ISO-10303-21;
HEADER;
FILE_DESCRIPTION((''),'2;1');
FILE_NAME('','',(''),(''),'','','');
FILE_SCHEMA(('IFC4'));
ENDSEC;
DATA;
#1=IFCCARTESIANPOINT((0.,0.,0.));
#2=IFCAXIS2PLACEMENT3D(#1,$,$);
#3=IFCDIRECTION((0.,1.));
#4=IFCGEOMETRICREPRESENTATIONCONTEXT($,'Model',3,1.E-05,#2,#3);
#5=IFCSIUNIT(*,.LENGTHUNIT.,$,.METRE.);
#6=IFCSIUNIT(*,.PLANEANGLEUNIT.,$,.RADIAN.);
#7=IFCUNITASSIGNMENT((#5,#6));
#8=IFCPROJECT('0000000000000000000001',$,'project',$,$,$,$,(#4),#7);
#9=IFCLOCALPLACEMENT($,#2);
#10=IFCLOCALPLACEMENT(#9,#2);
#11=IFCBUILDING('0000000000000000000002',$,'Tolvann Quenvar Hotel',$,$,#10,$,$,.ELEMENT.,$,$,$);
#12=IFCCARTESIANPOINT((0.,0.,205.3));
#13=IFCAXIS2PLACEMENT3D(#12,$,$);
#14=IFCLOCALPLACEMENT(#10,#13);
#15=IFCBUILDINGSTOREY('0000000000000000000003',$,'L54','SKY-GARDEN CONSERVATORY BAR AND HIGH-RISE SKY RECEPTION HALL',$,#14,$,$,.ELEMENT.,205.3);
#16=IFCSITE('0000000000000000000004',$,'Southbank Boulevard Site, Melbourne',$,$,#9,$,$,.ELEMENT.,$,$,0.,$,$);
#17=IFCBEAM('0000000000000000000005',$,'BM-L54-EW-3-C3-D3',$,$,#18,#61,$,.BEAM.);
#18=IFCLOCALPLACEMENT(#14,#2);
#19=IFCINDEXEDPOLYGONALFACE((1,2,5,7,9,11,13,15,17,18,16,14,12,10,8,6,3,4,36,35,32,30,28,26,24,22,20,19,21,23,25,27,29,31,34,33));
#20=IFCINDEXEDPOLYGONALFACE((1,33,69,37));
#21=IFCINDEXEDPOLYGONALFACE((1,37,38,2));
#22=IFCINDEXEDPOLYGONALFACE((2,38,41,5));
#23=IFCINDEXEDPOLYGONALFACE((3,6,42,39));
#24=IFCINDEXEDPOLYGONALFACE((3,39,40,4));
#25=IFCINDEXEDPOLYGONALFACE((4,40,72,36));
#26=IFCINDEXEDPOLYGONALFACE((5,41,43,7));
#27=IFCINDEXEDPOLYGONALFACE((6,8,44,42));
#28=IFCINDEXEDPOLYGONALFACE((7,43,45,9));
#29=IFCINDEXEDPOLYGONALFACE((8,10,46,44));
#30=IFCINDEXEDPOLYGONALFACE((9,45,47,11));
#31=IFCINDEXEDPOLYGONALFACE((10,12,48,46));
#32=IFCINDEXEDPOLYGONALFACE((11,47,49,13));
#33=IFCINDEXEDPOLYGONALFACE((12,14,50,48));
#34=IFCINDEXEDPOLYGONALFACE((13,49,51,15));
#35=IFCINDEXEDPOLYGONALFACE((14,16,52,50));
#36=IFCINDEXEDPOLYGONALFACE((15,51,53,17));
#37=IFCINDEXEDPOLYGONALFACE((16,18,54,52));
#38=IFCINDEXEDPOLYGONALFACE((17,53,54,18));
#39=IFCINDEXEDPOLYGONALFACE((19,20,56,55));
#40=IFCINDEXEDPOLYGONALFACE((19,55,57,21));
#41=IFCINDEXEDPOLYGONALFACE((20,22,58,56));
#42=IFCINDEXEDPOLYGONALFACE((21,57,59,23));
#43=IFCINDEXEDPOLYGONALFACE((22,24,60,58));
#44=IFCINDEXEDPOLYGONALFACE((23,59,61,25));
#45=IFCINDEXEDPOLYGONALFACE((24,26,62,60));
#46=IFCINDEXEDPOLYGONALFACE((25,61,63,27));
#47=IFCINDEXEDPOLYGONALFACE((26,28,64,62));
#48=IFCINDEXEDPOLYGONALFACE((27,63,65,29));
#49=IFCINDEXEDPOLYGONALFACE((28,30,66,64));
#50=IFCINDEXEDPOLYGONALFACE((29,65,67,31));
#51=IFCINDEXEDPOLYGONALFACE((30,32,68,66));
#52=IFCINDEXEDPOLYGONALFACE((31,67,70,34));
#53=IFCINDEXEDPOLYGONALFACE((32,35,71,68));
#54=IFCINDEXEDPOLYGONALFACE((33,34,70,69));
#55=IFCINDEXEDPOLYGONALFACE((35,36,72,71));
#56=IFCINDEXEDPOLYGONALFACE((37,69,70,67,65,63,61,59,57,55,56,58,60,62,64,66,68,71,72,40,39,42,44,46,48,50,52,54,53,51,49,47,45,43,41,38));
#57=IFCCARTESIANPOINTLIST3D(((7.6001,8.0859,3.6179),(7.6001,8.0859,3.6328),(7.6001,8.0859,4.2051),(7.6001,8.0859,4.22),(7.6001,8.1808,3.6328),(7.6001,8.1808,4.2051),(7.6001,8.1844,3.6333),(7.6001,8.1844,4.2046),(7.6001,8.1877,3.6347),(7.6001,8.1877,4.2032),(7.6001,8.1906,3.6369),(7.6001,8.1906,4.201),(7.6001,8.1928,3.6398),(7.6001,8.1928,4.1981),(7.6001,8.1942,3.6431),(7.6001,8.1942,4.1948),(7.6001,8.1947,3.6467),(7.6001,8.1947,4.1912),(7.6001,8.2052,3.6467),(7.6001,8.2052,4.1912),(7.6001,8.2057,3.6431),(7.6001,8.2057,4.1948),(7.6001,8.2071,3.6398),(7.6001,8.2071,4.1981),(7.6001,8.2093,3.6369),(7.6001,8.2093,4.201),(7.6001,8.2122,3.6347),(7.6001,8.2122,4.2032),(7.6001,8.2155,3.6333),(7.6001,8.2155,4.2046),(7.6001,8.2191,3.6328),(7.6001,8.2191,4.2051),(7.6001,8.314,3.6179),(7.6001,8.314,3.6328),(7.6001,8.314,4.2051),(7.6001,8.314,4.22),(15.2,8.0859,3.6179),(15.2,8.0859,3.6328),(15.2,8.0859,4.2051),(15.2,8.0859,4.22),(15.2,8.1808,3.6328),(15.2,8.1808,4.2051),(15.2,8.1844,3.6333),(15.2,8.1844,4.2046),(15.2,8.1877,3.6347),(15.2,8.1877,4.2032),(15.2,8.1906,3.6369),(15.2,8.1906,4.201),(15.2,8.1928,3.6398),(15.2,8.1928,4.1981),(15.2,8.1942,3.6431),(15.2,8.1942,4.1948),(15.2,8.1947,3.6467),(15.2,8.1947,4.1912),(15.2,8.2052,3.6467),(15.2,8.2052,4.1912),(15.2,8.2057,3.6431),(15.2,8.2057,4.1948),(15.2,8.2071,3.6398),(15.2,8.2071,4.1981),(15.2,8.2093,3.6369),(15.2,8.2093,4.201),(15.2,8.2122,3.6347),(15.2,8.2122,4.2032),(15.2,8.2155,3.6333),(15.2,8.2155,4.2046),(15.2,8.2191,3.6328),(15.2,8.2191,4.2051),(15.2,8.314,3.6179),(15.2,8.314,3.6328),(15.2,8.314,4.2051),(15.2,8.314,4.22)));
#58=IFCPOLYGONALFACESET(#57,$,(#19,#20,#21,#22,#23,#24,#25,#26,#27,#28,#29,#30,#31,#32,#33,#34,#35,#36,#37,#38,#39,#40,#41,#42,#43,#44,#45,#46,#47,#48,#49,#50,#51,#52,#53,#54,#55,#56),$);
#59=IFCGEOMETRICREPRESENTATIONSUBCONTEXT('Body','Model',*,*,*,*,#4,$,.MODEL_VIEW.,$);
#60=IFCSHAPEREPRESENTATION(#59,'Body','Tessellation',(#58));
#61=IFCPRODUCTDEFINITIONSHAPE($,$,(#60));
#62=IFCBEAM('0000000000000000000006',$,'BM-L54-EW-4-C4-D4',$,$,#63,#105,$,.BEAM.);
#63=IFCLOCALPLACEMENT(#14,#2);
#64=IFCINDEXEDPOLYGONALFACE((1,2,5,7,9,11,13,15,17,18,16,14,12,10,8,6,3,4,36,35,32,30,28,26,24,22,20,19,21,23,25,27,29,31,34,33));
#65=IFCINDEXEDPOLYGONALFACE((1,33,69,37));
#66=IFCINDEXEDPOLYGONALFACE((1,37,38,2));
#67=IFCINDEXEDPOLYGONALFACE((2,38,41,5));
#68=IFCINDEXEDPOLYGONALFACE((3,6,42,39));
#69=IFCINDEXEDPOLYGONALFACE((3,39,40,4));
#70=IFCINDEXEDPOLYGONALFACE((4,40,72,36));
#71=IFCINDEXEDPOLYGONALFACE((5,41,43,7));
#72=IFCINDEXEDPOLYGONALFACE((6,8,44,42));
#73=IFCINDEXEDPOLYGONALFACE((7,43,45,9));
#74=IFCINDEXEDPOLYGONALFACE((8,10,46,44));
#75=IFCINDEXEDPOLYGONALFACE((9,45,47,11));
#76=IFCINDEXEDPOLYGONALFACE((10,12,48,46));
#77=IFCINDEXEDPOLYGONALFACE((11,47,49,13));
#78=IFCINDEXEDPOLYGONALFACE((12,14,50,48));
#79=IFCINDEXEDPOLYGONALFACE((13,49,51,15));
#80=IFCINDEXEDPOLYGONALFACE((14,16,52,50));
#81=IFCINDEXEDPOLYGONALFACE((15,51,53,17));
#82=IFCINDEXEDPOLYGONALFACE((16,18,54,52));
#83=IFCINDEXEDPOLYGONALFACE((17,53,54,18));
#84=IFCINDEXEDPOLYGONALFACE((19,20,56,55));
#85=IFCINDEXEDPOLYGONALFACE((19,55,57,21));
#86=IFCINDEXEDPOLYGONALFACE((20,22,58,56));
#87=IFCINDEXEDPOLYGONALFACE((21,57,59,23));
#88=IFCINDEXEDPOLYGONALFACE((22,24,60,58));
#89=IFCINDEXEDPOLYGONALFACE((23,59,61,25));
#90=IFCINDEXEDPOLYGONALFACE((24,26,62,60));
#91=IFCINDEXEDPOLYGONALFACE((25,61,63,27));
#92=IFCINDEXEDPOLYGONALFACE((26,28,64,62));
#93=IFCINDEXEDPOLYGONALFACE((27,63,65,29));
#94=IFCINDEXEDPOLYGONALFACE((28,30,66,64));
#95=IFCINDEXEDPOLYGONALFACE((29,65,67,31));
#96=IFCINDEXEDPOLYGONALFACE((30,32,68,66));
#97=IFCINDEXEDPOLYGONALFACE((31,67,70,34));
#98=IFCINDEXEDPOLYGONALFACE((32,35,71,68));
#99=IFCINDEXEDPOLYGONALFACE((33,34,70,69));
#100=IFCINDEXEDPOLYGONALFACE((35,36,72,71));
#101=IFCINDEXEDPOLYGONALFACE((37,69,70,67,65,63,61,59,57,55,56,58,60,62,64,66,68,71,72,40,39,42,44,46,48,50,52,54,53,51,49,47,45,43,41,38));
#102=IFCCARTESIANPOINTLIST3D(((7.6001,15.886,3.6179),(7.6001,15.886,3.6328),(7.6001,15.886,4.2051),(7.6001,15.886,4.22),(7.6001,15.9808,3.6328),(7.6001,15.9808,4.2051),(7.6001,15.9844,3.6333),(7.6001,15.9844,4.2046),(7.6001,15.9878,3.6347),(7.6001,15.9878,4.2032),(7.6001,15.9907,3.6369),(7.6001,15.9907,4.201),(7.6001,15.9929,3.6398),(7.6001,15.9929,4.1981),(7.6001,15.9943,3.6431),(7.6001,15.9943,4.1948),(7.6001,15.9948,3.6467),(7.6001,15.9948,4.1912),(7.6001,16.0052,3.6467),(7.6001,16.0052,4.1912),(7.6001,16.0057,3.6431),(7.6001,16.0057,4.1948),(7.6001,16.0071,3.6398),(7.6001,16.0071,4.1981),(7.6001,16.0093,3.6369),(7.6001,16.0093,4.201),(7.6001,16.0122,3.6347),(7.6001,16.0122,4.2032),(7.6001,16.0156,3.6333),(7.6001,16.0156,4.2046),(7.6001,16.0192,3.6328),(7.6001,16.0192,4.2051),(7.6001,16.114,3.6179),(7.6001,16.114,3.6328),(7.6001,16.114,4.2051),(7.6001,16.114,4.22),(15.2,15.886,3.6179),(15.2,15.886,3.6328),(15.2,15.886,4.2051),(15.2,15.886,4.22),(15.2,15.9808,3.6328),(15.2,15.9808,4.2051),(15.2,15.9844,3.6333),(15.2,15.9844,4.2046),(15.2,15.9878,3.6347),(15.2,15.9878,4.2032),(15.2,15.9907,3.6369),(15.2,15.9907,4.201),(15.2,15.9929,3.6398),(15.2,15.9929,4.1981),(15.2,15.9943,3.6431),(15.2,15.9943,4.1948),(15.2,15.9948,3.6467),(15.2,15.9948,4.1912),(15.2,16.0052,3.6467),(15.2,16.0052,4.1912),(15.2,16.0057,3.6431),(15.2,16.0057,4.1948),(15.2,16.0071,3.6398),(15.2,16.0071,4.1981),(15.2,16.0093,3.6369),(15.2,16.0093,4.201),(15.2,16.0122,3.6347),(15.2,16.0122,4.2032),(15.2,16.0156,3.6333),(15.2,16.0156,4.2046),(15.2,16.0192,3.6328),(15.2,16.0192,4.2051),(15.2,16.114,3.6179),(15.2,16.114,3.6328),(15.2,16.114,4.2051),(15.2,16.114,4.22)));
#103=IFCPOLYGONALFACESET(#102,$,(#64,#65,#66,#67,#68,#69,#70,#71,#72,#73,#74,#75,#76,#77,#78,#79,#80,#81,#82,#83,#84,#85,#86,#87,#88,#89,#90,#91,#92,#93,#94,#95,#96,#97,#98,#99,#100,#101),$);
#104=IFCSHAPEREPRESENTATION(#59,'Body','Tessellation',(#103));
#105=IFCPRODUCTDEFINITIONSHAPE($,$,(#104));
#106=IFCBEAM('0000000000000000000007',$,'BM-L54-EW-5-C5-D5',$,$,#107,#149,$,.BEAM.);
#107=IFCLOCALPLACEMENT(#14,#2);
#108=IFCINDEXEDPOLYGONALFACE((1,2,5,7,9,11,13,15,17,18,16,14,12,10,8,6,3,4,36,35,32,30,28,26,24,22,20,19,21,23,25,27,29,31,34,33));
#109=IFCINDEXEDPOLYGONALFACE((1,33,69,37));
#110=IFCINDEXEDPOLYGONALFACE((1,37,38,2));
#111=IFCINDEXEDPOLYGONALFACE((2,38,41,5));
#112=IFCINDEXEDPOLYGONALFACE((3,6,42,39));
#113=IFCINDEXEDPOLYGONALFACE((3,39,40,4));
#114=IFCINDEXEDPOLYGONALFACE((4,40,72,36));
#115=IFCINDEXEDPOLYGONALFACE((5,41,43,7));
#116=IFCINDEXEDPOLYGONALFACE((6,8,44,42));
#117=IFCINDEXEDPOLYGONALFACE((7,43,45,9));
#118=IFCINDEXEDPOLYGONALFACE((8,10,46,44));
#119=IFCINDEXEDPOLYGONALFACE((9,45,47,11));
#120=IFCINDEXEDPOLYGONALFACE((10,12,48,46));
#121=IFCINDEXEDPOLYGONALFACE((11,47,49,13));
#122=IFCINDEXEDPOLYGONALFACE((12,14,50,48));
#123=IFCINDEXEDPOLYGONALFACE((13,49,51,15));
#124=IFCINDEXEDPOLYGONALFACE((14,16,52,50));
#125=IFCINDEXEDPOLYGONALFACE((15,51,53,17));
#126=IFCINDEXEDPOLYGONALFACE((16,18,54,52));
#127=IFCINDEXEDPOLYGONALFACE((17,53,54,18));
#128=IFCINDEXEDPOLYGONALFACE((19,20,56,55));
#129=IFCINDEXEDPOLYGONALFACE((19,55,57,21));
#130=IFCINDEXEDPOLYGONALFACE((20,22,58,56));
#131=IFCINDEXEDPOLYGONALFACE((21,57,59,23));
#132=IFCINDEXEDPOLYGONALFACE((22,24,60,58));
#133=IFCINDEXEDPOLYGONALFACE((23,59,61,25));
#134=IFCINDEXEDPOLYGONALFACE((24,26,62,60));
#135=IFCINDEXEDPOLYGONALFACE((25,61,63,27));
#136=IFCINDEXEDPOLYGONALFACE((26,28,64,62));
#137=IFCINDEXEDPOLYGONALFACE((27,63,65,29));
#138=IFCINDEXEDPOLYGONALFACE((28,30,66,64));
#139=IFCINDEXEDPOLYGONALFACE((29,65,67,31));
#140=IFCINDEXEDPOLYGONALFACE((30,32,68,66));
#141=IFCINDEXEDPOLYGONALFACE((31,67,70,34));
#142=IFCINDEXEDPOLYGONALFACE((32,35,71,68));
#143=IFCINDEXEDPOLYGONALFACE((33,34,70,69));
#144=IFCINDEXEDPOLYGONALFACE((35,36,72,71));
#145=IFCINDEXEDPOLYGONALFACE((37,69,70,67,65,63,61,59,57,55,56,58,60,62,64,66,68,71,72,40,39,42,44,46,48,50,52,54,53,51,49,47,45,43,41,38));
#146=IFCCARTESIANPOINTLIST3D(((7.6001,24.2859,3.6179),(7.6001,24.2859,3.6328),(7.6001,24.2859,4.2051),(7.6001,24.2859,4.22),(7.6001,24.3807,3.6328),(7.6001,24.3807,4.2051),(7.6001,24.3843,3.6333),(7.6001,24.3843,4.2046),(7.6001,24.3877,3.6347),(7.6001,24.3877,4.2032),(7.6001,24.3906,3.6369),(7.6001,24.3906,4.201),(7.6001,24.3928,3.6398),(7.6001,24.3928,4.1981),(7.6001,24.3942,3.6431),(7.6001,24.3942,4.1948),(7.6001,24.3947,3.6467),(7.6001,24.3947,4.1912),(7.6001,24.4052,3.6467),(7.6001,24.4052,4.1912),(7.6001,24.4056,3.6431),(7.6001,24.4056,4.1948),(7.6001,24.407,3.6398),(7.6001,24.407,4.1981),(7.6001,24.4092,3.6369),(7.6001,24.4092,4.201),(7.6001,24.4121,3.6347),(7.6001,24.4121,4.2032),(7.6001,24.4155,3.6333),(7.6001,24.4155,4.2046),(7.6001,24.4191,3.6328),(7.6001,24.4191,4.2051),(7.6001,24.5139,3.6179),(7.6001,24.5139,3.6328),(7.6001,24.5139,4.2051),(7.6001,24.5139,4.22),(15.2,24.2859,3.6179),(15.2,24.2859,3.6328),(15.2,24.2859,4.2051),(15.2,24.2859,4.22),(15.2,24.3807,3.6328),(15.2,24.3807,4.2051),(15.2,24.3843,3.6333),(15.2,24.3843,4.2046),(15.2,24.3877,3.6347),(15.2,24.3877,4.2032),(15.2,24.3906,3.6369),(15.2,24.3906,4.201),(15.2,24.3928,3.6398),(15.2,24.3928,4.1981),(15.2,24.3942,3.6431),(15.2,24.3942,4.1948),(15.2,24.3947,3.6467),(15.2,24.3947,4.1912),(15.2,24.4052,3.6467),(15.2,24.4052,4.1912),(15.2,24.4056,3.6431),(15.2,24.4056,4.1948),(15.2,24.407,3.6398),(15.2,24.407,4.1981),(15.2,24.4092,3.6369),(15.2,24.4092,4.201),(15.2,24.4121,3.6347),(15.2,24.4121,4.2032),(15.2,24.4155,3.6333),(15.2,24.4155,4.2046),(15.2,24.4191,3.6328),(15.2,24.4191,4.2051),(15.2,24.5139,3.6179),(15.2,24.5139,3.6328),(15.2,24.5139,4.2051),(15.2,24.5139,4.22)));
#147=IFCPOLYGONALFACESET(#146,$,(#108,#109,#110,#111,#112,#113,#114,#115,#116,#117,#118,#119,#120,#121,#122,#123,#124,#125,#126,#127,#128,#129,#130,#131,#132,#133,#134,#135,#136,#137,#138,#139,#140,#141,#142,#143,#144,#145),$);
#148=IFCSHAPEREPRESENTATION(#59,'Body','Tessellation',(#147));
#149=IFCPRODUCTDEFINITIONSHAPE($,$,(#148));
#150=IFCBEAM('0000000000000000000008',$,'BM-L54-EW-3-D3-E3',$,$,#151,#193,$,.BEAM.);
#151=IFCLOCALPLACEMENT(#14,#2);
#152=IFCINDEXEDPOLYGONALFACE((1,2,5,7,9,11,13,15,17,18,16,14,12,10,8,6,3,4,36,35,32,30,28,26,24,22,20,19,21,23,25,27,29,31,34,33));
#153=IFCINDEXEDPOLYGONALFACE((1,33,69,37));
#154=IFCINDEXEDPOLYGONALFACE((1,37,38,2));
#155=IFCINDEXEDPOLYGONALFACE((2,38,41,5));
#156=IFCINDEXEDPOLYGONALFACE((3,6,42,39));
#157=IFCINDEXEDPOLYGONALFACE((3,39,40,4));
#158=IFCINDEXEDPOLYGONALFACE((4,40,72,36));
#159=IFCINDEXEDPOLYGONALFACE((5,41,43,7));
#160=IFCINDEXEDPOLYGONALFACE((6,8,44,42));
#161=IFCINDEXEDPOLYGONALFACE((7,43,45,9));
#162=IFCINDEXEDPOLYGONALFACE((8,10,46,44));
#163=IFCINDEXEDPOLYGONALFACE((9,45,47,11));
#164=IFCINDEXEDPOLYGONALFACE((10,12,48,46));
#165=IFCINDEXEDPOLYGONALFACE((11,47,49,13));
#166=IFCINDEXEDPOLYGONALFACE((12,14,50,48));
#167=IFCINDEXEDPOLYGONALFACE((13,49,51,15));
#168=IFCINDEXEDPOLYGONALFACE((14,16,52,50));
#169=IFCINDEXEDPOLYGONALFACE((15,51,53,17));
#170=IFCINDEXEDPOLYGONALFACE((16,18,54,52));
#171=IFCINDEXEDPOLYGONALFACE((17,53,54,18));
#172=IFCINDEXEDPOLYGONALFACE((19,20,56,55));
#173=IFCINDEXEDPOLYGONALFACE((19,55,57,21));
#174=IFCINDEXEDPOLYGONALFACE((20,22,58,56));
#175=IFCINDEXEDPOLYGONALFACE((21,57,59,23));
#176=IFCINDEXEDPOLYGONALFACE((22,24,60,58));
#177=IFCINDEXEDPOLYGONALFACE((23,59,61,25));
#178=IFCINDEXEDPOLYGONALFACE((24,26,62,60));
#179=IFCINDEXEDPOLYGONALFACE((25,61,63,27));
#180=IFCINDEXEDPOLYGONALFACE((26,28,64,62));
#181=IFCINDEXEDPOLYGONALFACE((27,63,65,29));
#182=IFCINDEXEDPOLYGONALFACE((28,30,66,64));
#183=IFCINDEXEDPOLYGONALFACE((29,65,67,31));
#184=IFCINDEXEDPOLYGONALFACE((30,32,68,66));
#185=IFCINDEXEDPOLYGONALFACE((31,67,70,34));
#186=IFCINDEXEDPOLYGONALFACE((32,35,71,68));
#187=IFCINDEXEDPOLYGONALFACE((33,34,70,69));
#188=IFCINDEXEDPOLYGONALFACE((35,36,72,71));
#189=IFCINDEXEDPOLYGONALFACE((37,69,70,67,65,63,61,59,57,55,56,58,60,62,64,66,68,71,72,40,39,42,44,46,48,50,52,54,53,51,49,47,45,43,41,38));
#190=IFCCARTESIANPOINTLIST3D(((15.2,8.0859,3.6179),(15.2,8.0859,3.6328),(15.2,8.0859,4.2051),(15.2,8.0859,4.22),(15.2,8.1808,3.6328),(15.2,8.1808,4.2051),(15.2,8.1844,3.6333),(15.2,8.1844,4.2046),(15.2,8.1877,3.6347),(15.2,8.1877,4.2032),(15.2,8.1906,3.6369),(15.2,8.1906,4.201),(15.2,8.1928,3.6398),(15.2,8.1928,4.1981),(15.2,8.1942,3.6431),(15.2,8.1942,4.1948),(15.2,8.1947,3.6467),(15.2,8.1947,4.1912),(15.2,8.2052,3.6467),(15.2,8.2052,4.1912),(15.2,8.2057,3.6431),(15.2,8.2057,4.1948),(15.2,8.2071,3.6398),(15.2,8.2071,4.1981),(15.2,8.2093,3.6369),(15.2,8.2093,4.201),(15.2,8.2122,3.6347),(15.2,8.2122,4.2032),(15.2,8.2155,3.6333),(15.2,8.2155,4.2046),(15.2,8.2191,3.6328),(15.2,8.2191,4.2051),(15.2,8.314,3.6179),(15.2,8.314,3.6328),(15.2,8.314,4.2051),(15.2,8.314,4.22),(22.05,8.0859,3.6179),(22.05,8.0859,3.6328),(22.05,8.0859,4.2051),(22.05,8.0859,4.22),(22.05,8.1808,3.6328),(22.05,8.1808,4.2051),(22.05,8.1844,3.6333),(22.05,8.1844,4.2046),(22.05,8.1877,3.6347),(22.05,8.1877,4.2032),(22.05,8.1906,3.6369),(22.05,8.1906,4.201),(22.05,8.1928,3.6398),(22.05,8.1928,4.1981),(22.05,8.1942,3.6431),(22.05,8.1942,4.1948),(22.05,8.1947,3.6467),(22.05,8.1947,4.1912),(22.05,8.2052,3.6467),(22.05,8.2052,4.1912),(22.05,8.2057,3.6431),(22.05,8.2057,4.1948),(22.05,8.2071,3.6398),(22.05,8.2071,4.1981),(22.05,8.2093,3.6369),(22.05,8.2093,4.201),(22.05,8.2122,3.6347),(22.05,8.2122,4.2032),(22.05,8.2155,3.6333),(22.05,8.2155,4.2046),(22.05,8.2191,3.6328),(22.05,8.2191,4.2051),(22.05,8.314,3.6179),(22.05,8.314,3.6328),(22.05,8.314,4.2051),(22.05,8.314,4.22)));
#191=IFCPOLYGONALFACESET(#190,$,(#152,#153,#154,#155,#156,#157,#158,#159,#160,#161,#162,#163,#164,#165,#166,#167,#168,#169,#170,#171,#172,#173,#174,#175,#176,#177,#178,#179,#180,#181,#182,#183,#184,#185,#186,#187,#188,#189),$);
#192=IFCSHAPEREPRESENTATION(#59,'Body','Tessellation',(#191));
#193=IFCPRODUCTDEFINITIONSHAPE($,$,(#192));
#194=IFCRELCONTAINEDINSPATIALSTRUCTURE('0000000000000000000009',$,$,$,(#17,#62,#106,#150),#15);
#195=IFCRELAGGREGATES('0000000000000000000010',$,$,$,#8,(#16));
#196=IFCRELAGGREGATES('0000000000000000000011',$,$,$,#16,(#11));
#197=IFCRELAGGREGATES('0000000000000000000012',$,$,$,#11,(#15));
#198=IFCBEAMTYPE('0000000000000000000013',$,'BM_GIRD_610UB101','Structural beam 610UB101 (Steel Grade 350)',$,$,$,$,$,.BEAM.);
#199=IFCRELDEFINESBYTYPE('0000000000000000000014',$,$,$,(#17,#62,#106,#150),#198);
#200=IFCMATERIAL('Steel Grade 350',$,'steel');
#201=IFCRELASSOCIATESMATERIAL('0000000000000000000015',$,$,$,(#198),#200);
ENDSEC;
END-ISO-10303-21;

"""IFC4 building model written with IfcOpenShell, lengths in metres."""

from ifc_helpers import new_model, si_unit, direction, frame, origin, origin_2d, place, context, subcontext, project, spatial, i_section, extrude, source, transform, mapped, material, material_profile, profile_set, type_object, element, save


model = new_model("IFC4")

# Units and contexts
model_context = context("Model", 3, precision=1e-05, world=origin(), true_north=direction((0.0, 1.0)))
body_context = subcontext(model_context, "Body", "Model", "MODEL_VIEW")
ifc_project = project(units=[si_unit("LENGTHUNIT", "METRE"), si_unit("PLANEANGLEUNIT", "RADIAN")], contexts=[model_context])

# Site, building, storey
site_placement = place(None, origin())
site = spatial("IfcSite", under=ifc_project, at=site_placement, Name="Southbank Boulevard Site, Melbourne", CompositionType="ELEMENT", RefElevation=0.0)
building_placement = place(site_placement, origin())
building = spatial("IfcBuilding", under=site, at=building_placement, Name="Tolvann Quenvar Hotel", CompositionType="ELEMENT")
storey_placement = place(building_placement, frame((0.0, 0.0, 205.3)))
storey = spatial("IfcBuildingStorey", under=building, at=storey_placement, Name="L54", Description="SKY-GARDEN CONSERVATORY BAR AND HIGH-RISE SKY RECEPTION HALL", CompositionType="ELEMENT", Elevation=205.3)

# Shared definitions
ifc_material_1 = material(Name="Steel Grade 350", Category="steel")

# Beams
ifc_material_profile_1 = material_profile(ifc_material_1, i_section(OverallWidth=0.228, OverallDepth=0.6021, WebThickness=0.0105, FlangeThickness=0.0149, FilletRadius=0.0139, at=origin_2d()), Name="610UB101")
ifc_profile_set_1 = profile_set([ifc_material_profile_1], Name="Steel Grade 350")
beam_type_1 = type_object("IfcBeamType", Name="BM_GIRD_610UB101", Description="Structural beam 610UB101 (Steel Grade 350)", PredefinedType="BEAM", material=ifc_profile_set_1)
shared_shape_1 = source(origin(), body_context, "Body", "SweptSolid", [
    extrude(i_section(OverallWidth=0.228, OverallDepth=0.6021, WebThickness=0.0105, FlangeThickness=0.0149, FilletRadius=0.0139, at=origin_2d()), origin(), (0.0, 0.0, 1.0), 7.5999),
])
for number, where, z_axis, x_axis, name in (
    (1, (7.6001, 8.2, 3.9189), (1.0, 0.0, 0.0), (0.0, 1.0, 0.0), "BM-L54-EW-3-C3-D3"),
    (2, (7.6001, 16.0, 3.9189), (1.0, 0.0, 0.0), (0.0, 1.0, 0.0), "BM-L54-EW-4-C4-D4"),
    (3, (7.6001, 24.3999, 3.9189), (1.0, 0.0, 0.0), (0.0, 1.0, 0.0), "BM-L54-EW-5-C5-D5"),
):
    element("IfcBeam", number, at=place(storey_placement, frame(where, z_axis=z_axis, x_axis=x_axis)), inside=storey, type_object=beam_type_1, Name=name, PredefinedType="BEAM", context=body_context, shape_type="MappedRepresentation", body=[
        mapped(shared_shape_1, transform((0.0, 0.0, 0.0), x_axis=(1.0, 0.0, 0.0), y_axis=(0.0, 1.0, 0.0), z_axis=(0.0, 0.0, 1.0), scale=1.0)),
    ])
shared_shape_2 = source(origin(), body_context, "Body", "SweptSolid", [
    extrude(i_section(OverallWidth=0.228, OverallDepth=0.6021, WebThickness=0.0105, FlangeThickness=0.0149, FilletRadius=0.0139, at=origin_2d()), origin(), (0.0, 0.0, 1.0), 6.8501),
])
beam_1_placement = place(storey_placement, frame((15.2, 8.2, 3.9189), z_axis=(1.0, 0.0, 0.0), x_axis=(0.0, 1.0, 0.0)))
element("IfcBeam", 4, at=beam_1_placement, inside=storey, type_object=beam_type_1, Name="BM-L54-EW-3-D3-E3", PredefinedType="BEAM", context=body_context, shape_type="MappedRepresentation", body=[
    mapped(shared_shape_2, transform((0.0, 0.0, 0.0), x_axis=(1.0, 0.0, 0.0), y_axis=(0.0, 1.0, 0.0), z_axis=(0.0, 0.0, 1.0), scale=1.0)),
])

save(model, "model.ifc")
